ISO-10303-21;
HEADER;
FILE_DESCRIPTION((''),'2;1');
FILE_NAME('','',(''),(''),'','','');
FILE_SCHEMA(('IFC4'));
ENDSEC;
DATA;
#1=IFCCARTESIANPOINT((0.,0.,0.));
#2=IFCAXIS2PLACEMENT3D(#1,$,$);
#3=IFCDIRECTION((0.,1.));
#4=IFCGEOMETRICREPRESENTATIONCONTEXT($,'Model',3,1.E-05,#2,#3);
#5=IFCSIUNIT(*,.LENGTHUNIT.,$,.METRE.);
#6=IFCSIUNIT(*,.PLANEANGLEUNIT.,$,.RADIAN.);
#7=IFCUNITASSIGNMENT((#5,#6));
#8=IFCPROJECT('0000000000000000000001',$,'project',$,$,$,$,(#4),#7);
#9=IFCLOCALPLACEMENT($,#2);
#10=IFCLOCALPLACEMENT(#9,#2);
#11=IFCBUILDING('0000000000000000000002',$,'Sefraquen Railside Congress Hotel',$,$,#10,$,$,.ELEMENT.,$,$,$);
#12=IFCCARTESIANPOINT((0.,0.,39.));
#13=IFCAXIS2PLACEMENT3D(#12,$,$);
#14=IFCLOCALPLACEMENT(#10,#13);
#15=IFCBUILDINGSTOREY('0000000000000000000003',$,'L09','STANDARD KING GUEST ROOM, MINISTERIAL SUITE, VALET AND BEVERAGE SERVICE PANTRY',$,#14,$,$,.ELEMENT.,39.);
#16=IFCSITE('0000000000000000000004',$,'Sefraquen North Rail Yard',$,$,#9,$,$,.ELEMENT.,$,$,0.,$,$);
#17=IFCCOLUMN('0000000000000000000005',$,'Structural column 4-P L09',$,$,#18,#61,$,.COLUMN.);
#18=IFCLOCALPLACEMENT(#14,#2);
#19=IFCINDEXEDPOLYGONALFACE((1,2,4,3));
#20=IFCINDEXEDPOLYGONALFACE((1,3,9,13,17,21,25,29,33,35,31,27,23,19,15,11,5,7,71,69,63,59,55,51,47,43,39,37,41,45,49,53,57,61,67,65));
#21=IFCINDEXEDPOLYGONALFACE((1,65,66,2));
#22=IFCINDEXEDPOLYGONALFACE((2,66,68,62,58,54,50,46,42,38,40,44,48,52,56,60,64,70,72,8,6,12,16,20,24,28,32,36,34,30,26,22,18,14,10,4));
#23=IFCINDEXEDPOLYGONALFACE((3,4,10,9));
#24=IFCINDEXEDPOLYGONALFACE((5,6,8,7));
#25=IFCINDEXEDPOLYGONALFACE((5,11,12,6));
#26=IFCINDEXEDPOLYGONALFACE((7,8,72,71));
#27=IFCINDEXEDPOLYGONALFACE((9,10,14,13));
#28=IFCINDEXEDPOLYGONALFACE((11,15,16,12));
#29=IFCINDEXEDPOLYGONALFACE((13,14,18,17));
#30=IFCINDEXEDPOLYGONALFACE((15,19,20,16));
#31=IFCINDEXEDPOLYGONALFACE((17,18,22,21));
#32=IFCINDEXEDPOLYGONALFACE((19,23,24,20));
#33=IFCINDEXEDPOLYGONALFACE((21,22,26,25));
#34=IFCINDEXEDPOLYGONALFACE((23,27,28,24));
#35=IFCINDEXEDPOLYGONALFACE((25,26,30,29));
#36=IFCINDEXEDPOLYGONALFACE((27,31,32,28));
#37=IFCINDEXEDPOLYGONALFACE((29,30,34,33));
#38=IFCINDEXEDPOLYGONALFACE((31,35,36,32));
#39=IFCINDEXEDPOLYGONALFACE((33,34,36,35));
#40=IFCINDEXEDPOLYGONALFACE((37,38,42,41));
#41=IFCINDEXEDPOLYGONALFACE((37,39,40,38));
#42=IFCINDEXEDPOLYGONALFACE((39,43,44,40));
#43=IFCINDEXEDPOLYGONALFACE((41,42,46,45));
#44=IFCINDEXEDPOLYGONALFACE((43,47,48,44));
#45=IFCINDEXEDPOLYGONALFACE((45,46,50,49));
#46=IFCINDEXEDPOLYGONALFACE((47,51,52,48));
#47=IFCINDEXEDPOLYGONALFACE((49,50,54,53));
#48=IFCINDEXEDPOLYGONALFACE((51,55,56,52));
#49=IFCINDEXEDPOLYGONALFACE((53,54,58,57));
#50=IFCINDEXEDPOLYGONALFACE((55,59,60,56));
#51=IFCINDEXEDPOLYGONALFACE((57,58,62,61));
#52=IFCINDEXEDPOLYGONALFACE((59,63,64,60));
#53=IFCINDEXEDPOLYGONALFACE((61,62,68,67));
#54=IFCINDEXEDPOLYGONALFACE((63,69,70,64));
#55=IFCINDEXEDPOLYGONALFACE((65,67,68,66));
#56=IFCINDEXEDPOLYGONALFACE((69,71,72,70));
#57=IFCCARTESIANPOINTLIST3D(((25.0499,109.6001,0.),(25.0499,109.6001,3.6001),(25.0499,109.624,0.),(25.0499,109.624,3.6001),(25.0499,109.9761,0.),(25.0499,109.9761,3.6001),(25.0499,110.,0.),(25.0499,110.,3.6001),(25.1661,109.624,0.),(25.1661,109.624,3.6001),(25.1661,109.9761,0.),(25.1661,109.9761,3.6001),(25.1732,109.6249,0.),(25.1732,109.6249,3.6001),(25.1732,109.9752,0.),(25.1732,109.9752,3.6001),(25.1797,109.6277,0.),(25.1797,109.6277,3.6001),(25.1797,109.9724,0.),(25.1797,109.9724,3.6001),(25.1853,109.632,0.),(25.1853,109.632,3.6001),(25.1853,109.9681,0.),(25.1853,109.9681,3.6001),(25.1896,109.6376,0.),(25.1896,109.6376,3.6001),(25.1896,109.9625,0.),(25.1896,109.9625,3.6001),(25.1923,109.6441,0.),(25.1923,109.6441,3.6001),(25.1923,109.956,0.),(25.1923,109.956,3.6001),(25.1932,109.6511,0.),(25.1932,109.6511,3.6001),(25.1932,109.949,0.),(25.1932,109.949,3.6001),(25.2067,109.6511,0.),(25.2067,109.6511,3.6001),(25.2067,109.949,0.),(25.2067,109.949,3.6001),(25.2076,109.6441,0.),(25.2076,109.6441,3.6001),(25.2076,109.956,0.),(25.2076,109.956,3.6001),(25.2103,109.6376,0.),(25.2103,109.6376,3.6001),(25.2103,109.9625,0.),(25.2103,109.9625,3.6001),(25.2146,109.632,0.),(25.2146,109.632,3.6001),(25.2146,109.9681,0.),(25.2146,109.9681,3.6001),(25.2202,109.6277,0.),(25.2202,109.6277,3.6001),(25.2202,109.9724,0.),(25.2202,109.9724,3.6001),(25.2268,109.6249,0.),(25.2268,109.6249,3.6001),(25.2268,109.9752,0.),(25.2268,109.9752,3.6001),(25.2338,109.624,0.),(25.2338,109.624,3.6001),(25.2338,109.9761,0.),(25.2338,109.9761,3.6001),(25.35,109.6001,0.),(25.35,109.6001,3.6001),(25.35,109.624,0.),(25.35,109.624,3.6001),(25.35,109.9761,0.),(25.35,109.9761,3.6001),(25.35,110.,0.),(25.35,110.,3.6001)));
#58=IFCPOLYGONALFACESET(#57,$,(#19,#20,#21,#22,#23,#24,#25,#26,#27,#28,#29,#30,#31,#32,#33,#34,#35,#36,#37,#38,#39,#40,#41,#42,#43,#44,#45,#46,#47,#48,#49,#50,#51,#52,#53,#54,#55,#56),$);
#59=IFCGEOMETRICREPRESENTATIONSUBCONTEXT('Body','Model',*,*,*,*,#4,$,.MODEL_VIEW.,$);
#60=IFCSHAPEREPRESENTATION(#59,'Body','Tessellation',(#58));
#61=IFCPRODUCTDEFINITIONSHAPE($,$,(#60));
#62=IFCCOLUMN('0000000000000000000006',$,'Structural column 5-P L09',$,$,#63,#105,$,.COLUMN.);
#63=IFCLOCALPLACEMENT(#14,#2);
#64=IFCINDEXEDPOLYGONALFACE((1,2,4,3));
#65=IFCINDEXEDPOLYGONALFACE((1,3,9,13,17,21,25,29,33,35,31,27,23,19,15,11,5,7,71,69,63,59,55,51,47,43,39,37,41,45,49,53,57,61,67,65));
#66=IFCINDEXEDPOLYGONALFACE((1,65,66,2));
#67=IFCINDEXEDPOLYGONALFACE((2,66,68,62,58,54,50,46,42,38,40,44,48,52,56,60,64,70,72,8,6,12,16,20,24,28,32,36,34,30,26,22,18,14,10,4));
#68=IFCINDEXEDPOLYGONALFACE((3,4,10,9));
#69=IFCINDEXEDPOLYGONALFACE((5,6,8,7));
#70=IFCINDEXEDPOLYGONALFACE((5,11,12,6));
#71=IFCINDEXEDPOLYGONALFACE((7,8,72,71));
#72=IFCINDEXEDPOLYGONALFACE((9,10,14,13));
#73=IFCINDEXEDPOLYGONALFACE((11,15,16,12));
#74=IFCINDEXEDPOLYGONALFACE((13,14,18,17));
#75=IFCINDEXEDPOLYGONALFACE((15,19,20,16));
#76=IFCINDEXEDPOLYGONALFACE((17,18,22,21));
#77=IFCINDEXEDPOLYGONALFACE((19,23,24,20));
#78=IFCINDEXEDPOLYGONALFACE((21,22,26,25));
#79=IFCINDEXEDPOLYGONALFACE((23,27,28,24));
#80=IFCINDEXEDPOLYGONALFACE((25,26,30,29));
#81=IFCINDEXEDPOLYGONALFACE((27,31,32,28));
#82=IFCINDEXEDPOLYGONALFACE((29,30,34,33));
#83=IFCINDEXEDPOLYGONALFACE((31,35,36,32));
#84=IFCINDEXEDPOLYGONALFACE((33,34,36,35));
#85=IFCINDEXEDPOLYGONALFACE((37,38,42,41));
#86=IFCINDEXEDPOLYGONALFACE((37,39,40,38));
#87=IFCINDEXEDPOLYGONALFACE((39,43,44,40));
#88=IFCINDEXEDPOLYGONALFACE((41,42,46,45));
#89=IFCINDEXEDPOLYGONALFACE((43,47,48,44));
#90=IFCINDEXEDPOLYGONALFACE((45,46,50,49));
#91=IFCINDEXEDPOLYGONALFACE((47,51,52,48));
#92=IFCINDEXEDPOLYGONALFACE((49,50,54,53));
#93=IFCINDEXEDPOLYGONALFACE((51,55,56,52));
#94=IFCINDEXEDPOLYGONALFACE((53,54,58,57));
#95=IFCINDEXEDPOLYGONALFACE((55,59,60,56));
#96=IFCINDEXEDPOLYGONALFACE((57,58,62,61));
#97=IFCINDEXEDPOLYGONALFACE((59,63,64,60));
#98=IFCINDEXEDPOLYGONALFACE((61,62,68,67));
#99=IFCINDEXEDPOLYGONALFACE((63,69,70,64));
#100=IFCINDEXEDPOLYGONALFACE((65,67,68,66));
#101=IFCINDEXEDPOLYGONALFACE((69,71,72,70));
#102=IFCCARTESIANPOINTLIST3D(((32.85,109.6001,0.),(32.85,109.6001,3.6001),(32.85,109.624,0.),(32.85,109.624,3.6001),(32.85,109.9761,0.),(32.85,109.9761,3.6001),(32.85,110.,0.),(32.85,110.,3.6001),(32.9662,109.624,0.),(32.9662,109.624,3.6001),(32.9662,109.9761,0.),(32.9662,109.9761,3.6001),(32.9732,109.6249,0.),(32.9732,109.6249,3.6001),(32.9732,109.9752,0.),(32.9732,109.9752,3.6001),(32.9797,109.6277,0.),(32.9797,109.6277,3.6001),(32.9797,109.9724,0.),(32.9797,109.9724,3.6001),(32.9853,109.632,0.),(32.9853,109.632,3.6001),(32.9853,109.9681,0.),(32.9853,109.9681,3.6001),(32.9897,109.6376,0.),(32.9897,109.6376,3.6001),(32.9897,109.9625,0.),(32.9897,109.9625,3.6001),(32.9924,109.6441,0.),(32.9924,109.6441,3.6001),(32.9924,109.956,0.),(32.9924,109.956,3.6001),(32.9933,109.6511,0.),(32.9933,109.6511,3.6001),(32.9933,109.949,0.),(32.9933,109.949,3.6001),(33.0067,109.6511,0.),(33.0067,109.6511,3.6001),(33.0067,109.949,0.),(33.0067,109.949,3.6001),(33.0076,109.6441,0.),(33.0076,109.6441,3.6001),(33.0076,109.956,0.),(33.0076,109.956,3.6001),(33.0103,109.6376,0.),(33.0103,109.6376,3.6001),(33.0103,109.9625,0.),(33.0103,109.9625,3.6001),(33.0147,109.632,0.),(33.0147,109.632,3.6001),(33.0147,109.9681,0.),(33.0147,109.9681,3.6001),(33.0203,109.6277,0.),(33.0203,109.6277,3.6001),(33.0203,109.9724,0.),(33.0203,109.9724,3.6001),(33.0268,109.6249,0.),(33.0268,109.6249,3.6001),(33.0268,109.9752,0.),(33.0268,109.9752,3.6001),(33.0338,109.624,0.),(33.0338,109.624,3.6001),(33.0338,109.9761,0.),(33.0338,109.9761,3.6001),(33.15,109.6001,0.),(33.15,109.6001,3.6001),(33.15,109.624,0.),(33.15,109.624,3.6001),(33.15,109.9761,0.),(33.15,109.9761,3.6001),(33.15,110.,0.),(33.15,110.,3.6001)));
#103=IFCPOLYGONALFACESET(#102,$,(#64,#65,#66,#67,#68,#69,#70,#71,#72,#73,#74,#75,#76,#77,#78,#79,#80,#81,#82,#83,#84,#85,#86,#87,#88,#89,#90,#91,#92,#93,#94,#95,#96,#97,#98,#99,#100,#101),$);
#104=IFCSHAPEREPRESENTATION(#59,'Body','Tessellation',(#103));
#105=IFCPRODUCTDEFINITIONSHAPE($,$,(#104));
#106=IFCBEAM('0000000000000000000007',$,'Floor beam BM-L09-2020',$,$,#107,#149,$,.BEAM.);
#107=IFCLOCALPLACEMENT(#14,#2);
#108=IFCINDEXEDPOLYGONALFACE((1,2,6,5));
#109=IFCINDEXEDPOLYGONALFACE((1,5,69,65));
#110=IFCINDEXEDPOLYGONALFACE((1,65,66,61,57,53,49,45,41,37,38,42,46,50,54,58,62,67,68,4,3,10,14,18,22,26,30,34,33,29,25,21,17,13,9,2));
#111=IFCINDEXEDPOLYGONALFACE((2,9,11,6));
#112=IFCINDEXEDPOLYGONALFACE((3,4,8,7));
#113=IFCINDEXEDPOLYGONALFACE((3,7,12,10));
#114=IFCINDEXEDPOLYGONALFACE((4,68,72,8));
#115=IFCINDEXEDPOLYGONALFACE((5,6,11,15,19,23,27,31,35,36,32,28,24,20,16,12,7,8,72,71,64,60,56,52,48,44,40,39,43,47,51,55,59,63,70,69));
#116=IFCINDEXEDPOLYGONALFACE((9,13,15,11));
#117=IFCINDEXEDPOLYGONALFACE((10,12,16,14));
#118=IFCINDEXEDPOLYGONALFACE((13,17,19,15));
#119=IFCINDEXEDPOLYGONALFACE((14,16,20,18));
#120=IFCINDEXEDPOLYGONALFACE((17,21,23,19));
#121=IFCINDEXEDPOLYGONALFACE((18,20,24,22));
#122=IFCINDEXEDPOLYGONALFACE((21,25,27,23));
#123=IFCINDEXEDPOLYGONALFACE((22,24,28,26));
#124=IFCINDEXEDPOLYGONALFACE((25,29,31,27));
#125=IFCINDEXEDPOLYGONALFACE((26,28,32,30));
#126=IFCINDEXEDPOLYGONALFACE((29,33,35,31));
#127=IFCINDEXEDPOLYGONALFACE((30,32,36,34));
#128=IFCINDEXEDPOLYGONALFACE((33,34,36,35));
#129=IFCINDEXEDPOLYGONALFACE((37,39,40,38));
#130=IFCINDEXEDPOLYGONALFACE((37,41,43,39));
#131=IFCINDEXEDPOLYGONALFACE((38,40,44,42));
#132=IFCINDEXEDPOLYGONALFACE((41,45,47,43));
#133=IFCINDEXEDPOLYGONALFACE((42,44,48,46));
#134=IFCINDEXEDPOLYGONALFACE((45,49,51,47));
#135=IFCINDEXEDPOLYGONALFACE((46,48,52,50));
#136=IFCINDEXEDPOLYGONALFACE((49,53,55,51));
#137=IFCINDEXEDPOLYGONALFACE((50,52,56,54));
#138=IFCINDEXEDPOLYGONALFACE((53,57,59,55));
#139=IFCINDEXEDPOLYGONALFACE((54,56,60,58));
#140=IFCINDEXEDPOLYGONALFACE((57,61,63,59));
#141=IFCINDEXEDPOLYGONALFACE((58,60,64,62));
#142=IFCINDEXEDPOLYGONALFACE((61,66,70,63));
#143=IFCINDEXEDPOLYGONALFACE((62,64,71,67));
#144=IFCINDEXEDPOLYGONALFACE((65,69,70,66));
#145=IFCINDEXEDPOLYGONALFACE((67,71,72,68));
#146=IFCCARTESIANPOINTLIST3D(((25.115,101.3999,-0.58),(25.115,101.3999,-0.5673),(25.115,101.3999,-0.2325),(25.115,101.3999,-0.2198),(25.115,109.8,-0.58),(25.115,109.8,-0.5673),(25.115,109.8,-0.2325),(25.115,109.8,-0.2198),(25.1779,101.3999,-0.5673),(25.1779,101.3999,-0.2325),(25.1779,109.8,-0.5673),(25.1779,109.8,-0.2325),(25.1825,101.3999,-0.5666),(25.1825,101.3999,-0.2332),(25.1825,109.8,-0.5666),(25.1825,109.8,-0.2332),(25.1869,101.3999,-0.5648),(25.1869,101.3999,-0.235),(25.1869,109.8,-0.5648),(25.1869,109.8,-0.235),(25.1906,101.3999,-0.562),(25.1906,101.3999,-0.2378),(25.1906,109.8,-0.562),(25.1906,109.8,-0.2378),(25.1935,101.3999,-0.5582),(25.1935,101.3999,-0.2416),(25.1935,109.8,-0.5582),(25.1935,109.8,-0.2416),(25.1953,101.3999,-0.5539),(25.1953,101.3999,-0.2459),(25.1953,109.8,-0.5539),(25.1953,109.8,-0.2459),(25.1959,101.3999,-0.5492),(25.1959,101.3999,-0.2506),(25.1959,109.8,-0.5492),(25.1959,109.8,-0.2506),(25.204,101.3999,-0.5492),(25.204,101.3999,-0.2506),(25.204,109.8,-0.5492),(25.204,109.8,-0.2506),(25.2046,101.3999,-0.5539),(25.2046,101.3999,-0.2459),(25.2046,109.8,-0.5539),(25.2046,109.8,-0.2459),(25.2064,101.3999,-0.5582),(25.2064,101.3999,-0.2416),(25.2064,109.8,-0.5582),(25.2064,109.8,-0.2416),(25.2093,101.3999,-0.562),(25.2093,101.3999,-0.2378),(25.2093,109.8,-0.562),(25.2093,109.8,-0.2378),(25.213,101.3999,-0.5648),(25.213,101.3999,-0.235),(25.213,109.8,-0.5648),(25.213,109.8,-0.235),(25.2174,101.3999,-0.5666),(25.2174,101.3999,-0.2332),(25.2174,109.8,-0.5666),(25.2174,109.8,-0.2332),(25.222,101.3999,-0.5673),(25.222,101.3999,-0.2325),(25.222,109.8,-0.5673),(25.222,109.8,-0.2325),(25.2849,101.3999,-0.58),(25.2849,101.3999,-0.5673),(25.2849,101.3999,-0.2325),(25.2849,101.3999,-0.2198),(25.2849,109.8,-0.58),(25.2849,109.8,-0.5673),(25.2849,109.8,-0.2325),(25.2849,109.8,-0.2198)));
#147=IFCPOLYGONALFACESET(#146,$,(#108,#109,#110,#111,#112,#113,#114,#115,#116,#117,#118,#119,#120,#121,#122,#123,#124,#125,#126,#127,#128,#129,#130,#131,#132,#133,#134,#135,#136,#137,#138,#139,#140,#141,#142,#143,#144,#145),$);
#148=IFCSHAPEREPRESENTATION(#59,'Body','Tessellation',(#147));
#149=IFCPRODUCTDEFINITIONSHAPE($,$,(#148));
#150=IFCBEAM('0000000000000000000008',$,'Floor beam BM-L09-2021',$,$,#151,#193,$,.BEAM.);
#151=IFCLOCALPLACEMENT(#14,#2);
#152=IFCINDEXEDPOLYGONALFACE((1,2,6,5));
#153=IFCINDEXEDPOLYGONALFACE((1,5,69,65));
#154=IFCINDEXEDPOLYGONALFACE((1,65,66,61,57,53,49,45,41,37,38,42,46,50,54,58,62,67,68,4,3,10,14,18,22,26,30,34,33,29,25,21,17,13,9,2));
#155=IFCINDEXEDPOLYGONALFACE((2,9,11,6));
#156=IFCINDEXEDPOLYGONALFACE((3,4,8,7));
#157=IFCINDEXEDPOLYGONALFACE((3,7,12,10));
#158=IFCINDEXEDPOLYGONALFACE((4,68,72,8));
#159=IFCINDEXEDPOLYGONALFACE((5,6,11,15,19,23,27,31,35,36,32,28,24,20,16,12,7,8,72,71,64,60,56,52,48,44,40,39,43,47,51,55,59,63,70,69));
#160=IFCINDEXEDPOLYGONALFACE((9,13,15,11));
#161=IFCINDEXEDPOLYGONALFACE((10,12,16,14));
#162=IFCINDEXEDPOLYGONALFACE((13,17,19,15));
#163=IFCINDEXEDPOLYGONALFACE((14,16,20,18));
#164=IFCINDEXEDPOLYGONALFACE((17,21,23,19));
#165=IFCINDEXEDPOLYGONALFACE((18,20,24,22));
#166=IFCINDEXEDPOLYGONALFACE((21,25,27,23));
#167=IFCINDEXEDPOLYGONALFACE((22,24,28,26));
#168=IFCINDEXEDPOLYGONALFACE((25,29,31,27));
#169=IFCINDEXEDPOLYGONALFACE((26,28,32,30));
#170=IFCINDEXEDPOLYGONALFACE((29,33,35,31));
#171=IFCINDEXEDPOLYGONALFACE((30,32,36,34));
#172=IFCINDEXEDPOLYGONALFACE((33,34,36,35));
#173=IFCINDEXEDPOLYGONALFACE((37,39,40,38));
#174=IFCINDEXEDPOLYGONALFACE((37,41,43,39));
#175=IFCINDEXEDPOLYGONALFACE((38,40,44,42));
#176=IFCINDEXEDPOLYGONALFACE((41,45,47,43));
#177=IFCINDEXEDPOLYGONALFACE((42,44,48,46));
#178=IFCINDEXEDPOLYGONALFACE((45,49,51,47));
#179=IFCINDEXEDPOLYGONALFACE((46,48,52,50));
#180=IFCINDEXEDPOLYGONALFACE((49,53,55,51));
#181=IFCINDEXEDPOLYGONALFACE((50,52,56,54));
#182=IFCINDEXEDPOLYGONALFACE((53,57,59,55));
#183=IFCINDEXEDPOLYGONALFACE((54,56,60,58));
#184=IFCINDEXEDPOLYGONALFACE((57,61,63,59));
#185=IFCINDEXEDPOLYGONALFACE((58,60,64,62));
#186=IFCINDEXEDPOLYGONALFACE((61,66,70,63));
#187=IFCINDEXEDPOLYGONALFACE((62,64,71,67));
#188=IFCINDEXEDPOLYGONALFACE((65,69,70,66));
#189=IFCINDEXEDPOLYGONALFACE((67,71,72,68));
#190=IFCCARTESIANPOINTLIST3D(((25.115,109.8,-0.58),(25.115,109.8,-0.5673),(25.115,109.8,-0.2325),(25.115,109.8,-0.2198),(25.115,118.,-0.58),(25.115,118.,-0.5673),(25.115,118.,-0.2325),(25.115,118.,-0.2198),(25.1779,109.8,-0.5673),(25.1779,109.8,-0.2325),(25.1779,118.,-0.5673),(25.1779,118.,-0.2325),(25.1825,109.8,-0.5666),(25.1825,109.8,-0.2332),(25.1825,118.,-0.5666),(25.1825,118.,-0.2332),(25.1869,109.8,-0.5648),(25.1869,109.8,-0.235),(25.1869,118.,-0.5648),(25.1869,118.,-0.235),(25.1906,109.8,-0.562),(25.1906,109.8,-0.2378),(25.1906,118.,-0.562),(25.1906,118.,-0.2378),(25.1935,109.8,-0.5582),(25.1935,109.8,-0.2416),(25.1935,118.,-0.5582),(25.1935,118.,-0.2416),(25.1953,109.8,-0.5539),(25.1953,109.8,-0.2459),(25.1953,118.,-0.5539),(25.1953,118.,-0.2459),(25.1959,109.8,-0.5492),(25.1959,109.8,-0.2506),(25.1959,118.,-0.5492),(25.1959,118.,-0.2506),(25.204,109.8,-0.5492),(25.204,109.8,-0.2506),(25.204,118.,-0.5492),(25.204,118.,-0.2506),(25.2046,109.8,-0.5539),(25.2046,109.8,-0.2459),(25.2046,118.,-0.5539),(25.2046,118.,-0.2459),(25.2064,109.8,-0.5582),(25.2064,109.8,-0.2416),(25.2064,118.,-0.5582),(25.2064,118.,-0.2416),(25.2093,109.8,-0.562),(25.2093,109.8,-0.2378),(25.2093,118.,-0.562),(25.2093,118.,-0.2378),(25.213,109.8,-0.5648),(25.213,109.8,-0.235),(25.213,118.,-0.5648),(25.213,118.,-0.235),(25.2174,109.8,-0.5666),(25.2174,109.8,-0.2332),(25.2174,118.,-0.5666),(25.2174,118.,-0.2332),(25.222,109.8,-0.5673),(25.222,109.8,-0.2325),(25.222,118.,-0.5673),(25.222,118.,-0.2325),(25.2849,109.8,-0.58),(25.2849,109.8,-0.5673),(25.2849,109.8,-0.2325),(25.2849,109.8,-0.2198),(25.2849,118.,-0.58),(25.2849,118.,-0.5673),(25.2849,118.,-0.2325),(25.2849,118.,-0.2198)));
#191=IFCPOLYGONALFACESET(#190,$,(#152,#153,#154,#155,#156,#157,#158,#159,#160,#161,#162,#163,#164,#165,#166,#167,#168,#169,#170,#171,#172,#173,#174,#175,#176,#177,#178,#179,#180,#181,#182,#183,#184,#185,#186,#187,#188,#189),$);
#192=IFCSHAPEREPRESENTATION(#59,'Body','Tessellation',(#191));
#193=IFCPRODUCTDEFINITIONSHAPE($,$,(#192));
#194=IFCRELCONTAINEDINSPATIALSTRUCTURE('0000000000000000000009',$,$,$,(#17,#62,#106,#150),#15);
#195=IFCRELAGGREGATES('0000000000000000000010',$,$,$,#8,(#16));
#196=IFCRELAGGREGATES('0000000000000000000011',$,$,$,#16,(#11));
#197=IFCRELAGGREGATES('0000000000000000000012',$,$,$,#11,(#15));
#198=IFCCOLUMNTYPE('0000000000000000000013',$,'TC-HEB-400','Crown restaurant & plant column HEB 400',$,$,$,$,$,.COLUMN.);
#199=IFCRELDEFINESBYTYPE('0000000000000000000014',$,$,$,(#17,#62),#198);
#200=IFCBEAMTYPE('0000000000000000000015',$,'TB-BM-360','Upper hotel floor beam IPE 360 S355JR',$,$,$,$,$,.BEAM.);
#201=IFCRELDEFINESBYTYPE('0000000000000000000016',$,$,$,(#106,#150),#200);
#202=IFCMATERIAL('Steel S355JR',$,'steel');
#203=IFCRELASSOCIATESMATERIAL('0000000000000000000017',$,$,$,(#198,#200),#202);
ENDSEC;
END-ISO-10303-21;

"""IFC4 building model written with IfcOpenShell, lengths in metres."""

from ifc_helpers import new_model, si_unit, direction, frame, origin, origin_2d, place, context, subcontext, project, spatial, i_section, extrude, material, material_profile, profile_set, type_object, element, save


model = new_model("IFC4")

# Units and contexts
model_context = context("Model", 3, precision=1e-05, world=origin(), true_north=direction((0.0, 1.0)))
body_context = subcontext(model_context, "Body", "Model", "MODEL_VIEW")
ifc_project = project(units=[si_unit("LENGTHUNIT", "METRE"), si_unit("PLANEANGLEUNIT", "RADIAN")], contexts=[model_context])

# Site, building, storey
site_placement = place(None, origin())
site = spatial("IfcSite", under=ifc_project, at=site_placement, Name="Sefraquen North Rail Yard", CompositionType="ELEMENT", RefElevation=0.0)
building_placement = place(site_placement, origin())
building = spatial("IfcBuilding", under=site, at=building_placement, Name="Sefraquen Railside Congress Hotel", CompositionType="ELEMENT")
storey_placement = place(building_placement, frame((0.0, 0.0, 39.0)))
storey = spatial("IfcBuildingStorey", under=building, at=storey_placement, Name="L09", Description="STANDARD KING GUEST ROOM, MINISTERIAL SUITE, VALET AND BEVERAGE SERVICE PANTRY", CompositionType="ELEMENT", Elevation=39.0)

# Columns
ifc_material_1 = material(Name="Steel S355JR", Category="steel")
ifc_material_profile_1 = material_profile(ifc_material_1, i_section(OverallWidth=0.3, OverallDepth=0.3999, WebThickness=0.0134, FlangeThickness=0.0239, FilletRadius=0.0271, at=origin_2d()), Name="HEB 400")
ifc_profile_set_1 = profile_set([ifc_material_profile_1], Name="Steel S355JR")
column_type = type_object("IfcColumnType", Name="TC-HEB-400", Description="Crown restaurant & plant column HEB 400", PredefinedType="COLUMN", material=ifc_profile_set_1)
for number, where, z_axis, x_axis, name in (
    (1, (25.2, 109.8, 0.0), (0.0, 0.0, 1.0), (1.0, 0.0, 0.0), "Structural column 4-P L09"),
    (2, (33.0, 109.8, 0.0), (0.0, 0.0, 1.0), (1.0, 0.0, 0.0), "Structural column 5-P L09"),
):
    element("IfcColumn", number, at=place(storey_placement, frame(where, z_axis=z_axis, x_axis=x_axis)), inside=storey, type_object=column_type, Name=name, PredefinedType="COLUMN", context=body_context, shape_type="SweptSolid", body=[
        extrude(i_section(OverallWidth=0.3, OverallDepth=0.3999, WebThickness=0.0134, FlangeThickness=0.0239, FilletRadius=0.0271, at=origin_2d()), origin(), (0.0, 0.0, 1.0), 3.6001),
    ])

# Beams
ifc_material_profile_2 = material_profile(ifc_material_1, i_section(OverallWidth=0.1699, OverallDepth=0.3601, WebThickness=0.0081, FlangeThickness=0.0127, FilletRadius=0.0181, at=origin_2d()), Name="IPE 360")
ifc_profile_set_2 = profile_set([ifc_material_profile_2], Name="Steel S355JR")
beam_type_1 = type_object("IfcBeamType", Name="TB-BM-360", Description="Upper hotel floor beam IPE 360 S355JR", PredefinedType="BEAM", material=ifc_profile_set_2)
beam_1_placement = place(storey_placement, frame((25.2, 101.3999, -0.3999), z_axis=(0.0, 1.0, 0.0), x_axis=(-1.0, 0.0, 0.0)))
element("IfcBeam", 3, at=beam_1_placement, inside=storey, type_object=beam_type_1, Name="Floor beam BM-L09-2020", PredefinedType="BEAM", context=body_context, shape_type="SweptSolid", body=[
    extrude(i_section(OverallWidth=0.1699, OverallDepth=0.3601, WebThickness=0.0081, FlangeThickness=0.0127, FilletRadius=0.0181, at=origin_2d()), origin(), (0.0, 0.0, 1.0), 8.4001),
])
beam_2_placement = place(storey_placement, frame((25.2, 109.8, -0.3999), z_axis=(0.0, 1.0, 0.0), x_axis=(-1.0, 0.0, 0.0)))
element("IfcBeam", 4, at=beam_2_placement, inside=storey, type_object=beam_type_1, Name="Floor beam BM-L09-2021", PredefinedType="BEAM", context=body_context, shape_type="SweptSolid", body=[
    extrude(i_section(OverallWidth=0.1699, OverallDepth=0.3601, WebThickness=0.0081, FlangeThickness=0.0127, FilletRadius=0.0181, at=origin_2d()), origin(), (0.0, 0.0, 1.0), 8.2),
])

save(model, "model.ifc")
